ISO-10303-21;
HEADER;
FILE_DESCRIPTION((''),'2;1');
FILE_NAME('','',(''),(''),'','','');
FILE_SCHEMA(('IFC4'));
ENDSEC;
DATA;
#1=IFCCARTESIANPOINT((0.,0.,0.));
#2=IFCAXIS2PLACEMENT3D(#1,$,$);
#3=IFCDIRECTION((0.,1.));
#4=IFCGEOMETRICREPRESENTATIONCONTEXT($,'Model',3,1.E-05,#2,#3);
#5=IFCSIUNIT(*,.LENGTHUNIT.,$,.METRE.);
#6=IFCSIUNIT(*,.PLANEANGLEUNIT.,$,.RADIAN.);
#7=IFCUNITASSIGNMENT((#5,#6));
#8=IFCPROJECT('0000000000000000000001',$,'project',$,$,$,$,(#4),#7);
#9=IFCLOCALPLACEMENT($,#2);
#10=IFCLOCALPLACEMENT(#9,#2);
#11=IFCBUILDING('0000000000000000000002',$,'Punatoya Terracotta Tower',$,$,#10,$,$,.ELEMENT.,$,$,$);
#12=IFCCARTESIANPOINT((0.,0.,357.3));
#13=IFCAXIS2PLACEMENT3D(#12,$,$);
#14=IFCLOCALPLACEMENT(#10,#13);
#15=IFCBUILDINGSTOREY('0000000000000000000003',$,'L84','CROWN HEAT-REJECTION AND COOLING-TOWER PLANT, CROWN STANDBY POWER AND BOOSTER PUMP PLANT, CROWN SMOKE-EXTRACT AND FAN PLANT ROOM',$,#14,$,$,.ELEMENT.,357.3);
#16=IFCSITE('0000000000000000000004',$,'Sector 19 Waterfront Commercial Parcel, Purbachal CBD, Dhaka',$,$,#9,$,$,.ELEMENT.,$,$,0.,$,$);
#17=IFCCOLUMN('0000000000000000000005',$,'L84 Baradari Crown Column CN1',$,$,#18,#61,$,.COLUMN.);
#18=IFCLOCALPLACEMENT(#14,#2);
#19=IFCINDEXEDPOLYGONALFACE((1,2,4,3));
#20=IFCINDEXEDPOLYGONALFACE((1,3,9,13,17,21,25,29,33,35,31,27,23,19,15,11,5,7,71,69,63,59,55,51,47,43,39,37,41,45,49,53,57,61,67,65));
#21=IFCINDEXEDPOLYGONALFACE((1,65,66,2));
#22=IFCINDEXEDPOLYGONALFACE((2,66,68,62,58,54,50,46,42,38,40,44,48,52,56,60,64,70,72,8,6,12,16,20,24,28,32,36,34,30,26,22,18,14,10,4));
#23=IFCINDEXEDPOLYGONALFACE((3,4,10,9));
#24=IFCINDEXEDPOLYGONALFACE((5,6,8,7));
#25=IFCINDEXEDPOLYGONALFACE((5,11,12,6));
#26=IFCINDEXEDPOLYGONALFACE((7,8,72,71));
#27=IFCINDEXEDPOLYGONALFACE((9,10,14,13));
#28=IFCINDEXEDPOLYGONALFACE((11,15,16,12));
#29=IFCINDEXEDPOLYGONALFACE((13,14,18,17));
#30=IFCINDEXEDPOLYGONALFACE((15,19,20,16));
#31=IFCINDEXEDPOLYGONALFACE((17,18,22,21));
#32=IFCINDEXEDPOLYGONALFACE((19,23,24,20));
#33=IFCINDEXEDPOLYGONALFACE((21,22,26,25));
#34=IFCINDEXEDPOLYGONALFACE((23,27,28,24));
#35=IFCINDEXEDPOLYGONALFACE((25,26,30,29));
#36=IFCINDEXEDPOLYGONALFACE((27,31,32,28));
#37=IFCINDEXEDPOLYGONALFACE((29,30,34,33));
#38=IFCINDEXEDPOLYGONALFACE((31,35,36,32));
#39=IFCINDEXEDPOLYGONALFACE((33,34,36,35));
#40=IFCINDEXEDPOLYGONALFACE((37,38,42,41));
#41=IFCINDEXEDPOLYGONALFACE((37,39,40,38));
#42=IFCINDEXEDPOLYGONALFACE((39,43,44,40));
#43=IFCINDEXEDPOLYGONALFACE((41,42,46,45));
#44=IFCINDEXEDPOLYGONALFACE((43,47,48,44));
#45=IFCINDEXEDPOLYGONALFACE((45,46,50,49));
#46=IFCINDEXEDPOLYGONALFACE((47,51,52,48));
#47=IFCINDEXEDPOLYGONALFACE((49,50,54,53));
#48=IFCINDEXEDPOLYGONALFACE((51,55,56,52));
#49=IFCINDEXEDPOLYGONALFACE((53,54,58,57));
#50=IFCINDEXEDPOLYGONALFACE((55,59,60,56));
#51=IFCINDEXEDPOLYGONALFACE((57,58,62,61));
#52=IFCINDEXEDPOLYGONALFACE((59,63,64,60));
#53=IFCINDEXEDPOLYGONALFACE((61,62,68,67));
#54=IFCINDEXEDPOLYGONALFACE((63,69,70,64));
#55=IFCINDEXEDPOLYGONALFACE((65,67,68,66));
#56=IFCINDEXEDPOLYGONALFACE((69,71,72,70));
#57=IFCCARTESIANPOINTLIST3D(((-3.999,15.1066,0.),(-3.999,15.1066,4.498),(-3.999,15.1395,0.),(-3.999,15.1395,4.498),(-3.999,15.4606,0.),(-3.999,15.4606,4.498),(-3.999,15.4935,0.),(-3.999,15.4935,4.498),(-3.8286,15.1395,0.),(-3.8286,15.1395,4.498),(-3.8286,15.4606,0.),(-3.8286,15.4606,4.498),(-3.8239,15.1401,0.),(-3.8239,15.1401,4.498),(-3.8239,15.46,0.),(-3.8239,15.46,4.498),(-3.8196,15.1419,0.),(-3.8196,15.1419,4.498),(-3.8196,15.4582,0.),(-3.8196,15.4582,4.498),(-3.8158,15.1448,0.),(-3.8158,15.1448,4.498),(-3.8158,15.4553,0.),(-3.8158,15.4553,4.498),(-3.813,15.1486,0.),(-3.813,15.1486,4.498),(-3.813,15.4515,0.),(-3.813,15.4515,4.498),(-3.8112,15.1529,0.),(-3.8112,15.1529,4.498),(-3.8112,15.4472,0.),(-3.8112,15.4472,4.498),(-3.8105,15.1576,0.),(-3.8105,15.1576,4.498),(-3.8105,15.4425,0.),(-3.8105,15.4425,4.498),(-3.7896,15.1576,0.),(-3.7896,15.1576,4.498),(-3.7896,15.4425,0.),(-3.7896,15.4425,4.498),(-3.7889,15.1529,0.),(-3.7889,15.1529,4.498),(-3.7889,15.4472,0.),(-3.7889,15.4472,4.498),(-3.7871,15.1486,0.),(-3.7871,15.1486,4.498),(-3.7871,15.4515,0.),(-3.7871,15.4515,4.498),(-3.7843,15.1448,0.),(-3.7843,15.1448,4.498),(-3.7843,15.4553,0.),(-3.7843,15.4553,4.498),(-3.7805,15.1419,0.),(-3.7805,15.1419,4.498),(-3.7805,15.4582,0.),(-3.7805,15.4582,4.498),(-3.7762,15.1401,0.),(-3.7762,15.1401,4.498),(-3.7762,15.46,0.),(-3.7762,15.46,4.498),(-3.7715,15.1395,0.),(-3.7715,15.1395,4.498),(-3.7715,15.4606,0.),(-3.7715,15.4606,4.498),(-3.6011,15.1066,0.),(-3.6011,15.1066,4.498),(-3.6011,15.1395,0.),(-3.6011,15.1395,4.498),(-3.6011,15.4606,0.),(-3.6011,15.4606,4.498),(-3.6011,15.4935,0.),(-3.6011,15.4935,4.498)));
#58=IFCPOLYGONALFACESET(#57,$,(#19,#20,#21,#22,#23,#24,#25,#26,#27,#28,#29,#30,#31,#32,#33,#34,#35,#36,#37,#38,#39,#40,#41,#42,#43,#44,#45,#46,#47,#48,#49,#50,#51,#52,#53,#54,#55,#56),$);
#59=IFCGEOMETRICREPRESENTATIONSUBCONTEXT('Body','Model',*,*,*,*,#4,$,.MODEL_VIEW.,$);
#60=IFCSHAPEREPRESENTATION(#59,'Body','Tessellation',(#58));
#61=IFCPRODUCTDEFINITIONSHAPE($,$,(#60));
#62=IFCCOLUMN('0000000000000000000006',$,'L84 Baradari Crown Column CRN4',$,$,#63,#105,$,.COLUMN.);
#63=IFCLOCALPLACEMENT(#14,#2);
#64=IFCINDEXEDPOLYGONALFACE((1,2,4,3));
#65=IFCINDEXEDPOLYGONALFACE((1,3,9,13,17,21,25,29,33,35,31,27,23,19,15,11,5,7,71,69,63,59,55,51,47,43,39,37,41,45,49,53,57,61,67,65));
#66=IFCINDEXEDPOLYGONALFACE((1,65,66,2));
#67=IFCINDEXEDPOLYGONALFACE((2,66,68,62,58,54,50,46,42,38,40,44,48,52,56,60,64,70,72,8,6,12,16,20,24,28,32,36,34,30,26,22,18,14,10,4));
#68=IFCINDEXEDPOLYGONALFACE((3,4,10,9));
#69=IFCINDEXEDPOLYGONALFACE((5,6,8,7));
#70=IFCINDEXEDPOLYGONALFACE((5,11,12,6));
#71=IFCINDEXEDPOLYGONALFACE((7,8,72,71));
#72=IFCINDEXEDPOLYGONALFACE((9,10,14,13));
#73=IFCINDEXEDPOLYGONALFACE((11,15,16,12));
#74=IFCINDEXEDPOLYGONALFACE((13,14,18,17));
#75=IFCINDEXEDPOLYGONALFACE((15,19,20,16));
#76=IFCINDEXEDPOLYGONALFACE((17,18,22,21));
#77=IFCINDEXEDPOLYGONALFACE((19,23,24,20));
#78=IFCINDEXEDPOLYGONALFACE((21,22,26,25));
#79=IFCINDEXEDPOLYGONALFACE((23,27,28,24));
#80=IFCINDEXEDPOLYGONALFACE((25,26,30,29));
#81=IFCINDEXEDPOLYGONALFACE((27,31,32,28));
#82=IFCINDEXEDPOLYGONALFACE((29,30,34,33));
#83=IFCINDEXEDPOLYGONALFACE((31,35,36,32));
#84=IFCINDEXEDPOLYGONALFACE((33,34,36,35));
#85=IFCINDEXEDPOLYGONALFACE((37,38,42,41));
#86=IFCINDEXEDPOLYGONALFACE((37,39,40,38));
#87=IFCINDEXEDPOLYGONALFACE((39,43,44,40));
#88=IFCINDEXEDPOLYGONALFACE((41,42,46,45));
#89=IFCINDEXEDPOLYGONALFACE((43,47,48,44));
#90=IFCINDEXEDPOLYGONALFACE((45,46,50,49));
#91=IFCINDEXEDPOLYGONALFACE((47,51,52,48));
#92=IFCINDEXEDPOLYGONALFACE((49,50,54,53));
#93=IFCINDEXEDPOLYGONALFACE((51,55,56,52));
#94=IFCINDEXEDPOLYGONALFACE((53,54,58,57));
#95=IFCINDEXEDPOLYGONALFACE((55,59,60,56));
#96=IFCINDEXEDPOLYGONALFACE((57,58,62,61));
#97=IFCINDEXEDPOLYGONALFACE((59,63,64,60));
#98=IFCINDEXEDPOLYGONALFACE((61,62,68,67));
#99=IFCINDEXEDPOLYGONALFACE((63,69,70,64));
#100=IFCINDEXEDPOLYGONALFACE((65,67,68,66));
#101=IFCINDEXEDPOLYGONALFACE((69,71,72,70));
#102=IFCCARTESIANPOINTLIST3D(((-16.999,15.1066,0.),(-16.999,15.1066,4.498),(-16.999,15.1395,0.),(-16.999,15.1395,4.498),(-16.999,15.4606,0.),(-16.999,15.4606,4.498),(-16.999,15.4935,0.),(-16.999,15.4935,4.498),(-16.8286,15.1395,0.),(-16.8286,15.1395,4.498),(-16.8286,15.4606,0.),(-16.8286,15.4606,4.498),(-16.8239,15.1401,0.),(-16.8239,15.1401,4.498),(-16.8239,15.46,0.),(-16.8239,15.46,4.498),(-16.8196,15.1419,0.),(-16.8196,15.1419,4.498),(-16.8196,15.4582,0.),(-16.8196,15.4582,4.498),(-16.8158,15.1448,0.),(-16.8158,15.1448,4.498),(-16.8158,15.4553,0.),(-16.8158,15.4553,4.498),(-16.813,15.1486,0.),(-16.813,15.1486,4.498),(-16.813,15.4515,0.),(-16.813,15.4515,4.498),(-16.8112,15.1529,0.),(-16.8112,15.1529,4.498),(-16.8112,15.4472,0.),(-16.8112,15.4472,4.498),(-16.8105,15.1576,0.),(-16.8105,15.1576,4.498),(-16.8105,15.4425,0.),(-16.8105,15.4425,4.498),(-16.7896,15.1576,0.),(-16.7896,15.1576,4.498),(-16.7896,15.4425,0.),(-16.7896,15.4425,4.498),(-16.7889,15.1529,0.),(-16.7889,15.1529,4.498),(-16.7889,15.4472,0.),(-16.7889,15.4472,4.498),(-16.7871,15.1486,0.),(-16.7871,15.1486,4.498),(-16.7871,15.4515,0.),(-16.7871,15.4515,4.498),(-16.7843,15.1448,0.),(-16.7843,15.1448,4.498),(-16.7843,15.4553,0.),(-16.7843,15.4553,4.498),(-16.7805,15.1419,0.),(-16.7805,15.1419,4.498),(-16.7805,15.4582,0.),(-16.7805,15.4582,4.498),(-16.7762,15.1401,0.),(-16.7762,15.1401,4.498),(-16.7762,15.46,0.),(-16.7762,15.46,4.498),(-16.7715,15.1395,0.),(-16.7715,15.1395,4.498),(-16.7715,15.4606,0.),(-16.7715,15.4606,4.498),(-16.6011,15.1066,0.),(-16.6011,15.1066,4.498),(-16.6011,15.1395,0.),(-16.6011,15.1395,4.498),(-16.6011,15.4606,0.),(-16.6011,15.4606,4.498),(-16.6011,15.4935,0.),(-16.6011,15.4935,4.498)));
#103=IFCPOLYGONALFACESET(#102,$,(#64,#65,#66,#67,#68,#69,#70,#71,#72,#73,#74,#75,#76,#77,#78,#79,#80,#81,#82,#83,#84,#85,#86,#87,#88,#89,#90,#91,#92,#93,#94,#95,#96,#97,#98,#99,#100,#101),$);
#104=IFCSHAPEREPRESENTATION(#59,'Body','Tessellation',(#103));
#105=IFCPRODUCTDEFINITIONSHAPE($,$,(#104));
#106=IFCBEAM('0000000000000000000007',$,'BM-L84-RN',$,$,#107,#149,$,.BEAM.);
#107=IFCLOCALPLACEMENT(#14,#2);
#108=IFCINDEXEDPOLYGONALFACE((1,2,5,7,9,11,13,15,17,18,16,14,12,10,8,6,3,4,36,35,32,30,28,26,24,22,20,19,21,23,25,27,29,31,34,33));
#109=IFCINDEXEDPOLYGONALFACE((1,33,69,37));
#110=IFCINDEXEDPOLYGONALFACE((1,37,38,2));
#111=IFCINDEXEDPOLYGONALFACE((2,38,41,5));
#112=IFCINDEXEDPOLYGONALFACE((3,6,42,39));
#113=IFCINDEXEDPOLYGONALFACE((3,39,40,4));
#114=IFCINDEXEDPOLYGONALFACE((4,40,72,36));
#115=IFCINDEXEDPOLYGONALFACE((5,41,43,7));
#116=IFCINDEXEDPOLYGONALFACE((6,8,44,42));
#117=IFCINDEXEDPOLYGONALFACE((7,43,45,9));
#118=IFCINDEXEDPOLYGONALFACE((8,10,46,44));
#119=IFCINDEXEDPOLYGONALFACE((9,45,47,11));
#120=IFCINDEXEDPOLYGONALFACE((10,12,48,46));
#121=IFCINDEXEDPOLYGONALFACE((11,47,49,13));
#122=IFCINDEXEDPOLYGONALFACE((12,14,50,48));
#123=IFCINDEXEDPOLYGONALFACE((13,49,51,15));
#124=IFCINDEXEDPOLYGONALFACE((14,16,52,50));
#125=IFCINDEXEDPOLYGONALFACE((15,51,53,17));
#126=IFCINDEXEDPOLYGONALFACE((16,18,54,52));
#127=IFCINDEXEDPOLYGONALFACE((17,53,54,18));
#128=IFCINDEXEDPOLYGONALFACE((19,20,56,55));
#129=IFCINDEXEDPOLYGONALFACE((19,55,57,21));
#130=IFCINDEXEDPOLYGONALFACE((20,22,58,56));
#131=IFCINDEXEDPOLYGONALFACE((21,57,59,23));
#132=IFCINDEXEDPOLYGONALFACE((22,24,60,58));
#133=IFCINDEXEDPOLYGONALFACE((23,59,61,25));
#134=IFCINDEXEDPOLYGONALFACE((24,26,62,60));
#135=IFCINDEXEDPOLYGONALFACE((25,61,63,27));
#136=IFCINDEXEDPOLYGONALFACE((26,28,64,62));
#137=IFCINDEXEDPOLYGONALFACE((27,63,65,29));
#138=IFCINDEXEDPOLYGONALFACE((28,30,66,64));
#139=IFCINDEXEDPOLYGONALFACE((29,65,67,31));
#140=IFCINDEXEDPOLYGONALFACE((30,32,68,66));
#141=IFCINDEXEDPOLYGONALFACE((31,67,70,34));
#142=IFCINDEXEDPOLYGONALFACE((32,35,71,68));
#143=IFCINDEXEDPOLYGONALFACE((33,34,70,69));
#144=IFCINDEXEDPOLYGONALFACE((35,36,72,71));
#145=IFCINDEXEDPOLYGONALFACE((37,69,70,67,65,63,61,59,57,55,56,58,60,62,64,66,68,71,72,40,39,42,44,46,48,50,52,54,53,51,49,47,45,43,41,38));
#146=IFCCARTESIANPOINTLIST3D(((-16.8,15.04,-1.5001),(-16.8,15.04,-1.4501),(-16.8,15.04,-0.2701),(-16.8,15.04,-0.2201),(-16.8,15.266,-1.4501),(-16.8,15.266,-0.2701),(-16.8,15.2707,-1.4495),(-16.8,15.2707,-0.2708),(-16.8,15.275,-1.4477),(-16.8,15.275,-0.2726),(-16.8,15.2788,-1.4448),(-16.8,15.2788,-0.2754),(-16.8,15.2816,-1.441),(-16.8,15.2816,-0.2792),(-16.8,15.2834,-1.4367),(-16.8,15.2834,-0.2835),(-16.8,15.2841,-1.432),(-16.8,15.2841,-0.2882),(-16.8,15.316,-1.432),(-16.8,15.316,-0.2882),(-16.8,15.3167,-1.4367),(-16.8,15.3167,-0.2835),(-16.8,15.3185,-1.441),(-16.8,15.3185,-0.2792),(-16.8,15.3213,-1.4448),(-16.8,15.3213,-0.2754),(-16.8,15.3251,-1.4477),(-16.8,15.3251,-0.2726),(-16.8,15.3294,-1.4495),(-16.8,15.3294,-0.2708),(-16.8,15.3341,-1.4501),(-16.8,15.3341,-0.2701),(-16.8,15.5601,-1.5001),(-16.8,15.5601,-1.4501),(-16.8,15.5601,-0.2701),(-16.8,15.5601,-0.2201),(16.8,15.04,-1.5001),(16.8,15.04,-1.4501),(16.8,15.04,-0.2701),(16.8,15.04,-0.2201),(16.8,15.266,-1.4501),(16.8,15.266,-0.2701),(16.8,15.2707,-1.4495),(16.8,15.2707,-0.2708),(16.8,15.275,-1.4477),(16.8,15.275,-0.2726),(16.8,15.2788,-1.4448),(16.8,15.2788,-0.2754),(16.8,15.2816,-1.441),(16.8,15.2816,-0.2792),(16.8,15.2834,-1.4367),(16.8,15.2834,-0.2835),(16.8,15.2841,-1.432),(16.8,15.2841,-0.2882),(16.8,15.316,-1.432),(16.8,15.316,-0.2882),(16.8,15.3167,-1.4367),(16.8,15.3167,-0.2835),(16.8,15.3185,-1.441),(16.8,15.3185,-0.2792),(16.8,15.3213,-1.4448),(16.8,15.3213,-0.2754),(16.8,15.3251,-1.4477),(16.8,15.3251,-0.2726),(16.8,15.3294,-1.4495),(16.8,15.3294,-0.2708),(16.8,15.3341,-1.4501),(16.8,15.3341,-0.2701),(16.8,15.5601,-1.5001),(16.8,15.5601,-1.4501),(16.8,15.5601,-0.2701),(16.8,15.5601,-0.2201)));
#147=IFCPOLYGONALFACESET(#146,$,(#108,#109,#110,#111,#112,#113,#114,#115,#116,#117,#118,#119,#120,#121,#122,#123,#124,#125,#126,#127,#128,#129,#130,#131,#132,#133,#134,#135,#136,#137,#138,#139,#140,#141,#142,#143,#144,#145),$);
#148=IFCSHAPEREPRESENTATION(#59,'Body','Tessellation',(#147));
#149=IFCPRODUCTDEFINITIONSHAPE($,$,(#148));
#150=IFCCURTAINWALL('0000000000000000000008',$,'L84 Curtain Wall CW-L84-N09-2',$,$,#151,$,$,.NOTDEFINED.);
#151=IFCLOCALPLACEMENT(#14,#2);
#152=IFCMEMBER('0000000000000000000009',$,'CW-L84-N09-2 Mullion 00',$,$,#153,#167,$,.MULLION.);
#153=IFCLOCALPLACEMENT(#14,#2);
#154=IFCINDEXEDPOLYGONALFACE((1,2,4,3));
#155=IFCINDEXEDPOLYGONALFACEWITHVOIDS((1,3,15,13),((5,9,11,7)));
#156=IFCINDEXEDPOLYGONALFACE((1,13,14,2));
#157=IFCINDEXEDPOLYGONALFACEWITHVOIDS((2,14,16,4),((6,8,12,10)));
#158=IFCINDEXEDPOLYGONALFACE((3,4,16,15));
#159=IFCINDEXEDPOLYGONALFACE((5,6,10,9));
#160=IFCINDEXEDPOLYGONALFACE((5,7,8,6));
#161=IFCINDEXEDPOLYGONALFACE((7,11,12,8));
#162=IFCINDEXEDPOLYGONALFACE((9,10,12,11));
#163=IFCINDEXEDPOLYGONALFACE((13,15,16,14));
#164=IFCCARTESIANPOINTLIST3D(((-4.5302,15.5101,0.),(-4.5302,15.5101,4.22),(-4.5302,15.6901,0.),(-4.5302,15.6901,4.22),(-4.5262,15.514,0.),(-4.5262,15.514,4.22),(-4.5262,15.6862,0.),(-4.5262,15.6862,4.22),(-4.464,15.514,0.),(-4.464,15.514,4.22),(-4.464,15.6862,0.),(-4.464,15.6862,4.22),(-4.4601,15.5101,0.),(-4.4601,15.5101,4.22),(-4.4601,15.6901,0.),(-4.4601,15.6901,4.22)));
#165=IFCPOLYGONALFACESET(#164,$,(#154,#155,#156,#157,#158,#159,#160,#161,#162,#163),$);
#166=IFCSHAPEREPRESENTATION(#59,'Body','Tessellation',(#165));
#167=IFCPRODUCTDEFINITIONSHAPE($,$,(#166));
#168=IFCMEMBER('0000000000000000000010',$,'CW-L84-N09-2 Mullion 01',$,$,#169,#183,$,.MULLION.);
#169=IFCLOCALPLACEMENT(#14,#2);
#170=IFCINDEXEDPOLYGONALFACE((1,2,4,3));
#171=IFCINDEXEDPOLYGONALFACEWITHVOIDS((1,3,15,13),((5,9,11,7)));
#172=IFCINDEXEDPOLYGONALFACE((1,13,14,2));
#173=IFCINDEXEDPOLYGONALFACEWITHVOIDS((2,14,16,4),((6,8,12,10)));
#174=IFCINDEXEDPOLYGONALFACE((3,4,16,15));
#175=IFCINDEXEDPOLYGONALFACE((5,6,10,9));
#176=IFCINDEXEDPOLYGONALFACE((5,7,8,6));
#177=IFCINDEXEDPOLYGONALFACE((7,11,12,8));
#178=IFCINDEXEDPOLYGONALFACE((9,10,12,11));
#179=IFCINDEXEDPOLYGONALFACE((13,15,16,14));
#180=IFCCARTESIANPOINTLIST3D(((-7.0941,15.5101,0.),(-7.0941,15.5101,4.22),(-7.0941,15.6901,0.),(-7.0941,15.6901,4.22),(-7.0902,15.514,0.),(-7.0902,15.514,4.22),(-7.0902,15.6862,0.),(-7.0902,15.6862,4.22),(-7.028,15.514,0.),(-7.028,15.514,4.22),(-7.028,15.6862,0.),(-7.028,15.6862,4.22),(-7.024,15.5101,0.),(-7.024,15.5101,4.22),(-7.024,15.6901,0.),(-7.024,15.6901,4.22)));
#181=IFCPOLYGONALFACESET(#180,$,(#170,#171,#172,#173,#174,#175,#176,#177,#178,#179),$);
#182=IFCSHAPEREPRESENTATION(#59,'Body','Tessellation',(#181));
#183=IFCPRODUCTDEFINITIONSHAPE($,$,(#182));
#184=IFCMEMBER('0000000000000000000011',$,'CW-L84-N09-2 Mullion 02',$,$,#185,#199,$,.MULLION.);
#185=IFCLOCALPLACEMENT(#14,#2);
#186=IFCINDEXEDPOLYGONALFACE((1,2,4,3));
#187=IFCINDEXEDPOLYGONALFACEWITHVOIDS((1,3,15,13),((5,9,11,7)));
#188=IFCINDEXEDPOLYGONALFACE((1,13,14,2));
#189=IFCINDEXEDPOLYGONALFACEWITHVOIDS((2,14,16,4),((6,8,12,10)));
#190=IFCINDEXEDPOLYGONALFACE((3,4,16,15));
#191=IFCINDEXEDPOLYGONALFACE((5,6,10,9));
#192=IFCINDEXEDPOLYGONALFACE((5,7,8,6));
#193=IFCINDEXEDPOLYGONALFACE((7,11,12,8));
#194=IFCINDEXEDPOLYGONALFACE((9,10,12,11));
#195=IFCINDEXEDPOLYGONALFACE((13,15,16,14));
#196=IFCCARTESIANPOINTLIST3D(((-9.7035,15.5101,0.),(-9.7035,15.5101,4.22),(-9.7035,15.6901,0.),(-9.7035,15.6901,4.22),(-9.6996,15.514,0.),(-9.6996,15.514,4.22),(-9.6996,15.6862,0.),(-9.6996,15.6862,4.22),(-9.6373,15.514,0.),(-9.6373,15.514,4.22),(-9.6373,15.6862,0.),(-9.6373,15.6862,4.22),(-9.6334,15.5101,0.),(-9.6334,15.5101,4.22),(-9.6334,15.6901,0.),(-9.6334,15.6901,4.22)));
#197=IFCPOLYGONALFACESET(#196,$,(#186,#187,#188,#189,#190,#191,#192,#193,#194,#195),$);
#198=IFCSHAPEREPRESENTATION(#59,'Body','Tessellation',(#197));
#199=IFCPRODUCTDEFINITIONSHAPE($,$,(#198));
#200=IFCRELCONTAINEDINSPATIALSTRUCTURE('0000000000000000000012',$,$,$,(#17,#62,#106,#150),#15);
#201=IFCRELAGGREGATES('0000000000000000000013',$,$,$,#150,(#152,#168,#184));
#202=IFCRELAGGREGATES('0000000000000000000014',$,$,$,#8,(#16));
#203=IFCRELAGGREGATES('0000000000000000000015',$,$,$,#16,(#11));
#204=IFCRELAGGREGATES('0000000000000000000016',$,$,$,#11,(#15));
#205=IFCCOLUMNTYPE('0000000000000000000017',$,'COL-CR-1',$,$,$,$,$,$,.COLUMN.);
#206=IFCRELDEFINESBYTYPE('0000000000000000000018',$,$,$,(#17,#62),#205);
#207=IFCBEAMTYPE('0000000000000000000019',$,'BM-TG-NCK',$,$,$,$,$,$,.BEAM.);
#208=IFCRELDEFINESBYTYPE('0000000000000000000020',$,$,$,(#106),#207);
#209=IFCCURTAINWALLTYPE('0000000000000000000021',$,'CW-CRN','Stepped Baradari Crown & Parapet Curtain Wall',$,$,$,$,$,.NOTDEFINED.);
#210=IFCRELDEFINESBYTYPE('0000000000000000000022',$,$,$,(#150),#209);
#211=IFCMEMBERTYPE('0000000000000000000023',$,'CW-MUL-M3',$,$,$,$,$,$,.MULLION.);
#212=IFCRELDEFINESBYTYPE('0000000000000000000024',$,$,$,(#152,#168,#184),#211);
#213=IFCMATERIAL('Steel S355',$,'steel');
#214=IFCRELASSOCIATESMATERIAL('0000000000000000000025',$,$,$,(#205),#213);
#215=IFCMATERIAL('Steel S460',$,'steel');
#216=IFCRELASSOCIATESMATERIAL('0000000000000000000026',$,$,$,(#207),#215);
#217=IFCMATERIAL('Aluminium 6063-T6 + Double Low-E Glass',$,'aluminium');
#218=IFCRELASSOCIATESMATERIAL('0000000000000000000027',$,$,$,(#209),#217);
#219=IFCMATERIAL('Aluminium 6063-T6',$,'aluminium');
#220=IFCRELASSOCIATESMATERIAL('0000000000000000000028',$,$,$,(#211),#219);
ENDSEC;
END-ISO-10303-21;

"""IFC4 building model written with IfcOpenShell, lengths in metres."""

from ifc_helpers import new_model, si_unit, direction, frame, origin, origin_2d, place, context, subcontext, project, spatial, hollow_rectangle, i_section, extrude, material, material_profile, profile_set, type_object, element, aggregate, save


model = new_model("IFC4")

# Units and contexts
model_context = context("Model", 3, precision=1e-05, world=origin(), true_north=direction((0.0, 1.0)))
body_context = subcontext(model_context, "Body", "Model", "MODEL_VIEW")
ifc_project = project(units=[si_unit("LENGTHUNIT", "METRE"), si_unit("PLANEANGLEUNIT", "RADIAN")], contexts=[model_context])

# Site, building, storey
site_placement = place(None, origin())
site = spatial("IfcSite", under=ifc_project, at=site_placement, Name="Sector 19 Waterfront Commercial Parcel, Purbachal CBD, Dhaka", CompositionType="ELEMENT", RefElevation=0.0)
building_placement = place(site_placement, origin())
building = spatial("IfcBuilding", under=site, at=building_placement, Name="Punatoya Terracotta Tower", CompositionType="ELEMENT")
storey_placement = place(building_placement, frame((0.0, 0.0, 357.3)))
storey = spatial("IfcBuildingStorey", under=building, at=storey_placement, Name="L84", Description="CROWN HEAT-REJECTION AND COOLING-TOWER PLANT, CROWN STANDBY POWER AND BOOSTER PUMP PLANT, CROWN SMOKE-EXTRACT AND FAN PLANT ROOM", CompositionType="ELEMENT", Elevation=357.3)

# Columns
ifc_material_1 = material(Name="Steel S355", Category="steel")
ifc_material_profile_1 = material_profile(ifc_material_1, i_section(OverallWidth=0.3979, OverallDepth=0.387, WebThickness=0.021, FlangeThickness=0.033, FilletRadius=0.0181, at=origin_2d()))
ifc_profile_set_1 = profile_set([ifc_material_profile_1], Name="Steel S355")
column_type = type_object("IfcColumnType", Name="COL-CR-1", PredefinedType="COLUMN", material=ifc_profile_set_1)
for number, where, z_axis, x_axis, name in (
    (1, (-3.8, 15.3, 0.0), (0.0, 0.0, 1.0), (1.0, 0.0, 0.0), "L84 Baradari Crown Column CN1"),
    (2, (-16.8, 15.3, 0.0), (0.0, 0.0, 1.0), (1.0, 0.0, 0.0), "L84 Baradari Crown Column CRN4"),
):
    element("IfcColumn", number, at=place(storey_placement, frame(where, z_axis=z_axis, x_axis=x_axis)), inside=storey, type_object=column_type, Name=name, PredefinedType="COLUMN", context=body_context, shape_type="SweptSolid", body=[
        extrude(i_section(OverallWidth=0.3979, OverallDepth=0.387, WebThickness=0.021, FlangeThickness=0.033, FilletRadius=0.0181, at=origin_2d()), origin(), (0.0, 0.0, 1.0), 4.498),
    ])

# Beam
ifc_material_2 = material(Name="Steel S460", Category="steel")
ifc_material_profile_2 = material_profile(ifc_material_2, i_section(OverallWidth=0.52, OverallDepth=1.28, WebThickness=0.032, FlangeThickness=0.05, FilletRadius=0.0181, at=origin_2d()))
ifc_profile_set_2 = profile_set([ifc_material_profile_2], Name="Steel S460")
beam_type = type_object("IfcBeamType", Name="BM-TG-NCK", PredefinedType="BEAM", material=ifc_profile_set_2)
beam_placement = place(storey_placement, frame((-16.8, 15.3, -0.8601), z_axis=(1.0, 0.0, 0.0), x_axis=(0.0, 1.0, 0.0)))
element("IfcBeam", 3, at=beam_placement, inside=storey, type_object=beam_type, Name="BM-L84-RN", PredefinedType="BEAM", context=body_context, shape_type="SweptSolid", body=[
    extrude(i_section(OverallWidth=0.52, OverallDepth=1.28, WebThickness=0.032, FlangeThickness=0.05, FilletRadius=0.0181, at=origin_2d()), origin(), (0.0, 0.0, 1.0), 33.6001),
])

# Curtain wall, members
ifc_material_3 = material(Name="Aluminium 6063-T6 + Double Low-E Glass", Category="aluminium")
curtain_wall_type = type_object("IfcCurtainWallType", Name="CW-CRN", Description="Stepped Baradari Crown & Parapet Curtain Wall", PredefinedType="NOTDEFINED", material=ifc_material_3)
curtain_wall_1_placement = place(storey_placement, origin())
curtain_wall_1 = element("IfcCurtainWall", 4, at=curtain_wall_1_placement, inside=storey, type_object=curtain_wall_type, Name="L84 Curtain Wall CW-L84-N09-2", PredefinedType="NOTDEFINED")
ifc_material_4 = material(Name="Aluminium 6063-T6", Category="aluminium")
ifc_material_profile_3 = material_profile(ifc_material_4, hollow_rectangle(XDim=0.0701, YDim=0.1799, WallThickness=0.0039, at=origin_2d()))
ifc_profile_set_3 = profile_set([ifc_material_profile_3], Name="Aluminium 6063-T6")
member_type_1 = type_object("IfcMemberType", Name="CW-MUL-M3", PredefinedType="MULLION", material=ifc_profile_set_3)
member_1_placement = place(storey_placement, frame((-4.4951, 15.6001, 0.0), z_axis=(0.0, 0.0, 1.0), x_axis=(1.0, 0.0, 0.0)))
member_1 = element("IfcMember", 5, at=member_1_placement, type_object=member_type_1, Name="CW-L84-N09-2 Mullion 00", PredefinedType="MULLION", context=body_context, shape_type="SweptSolid", body=[
    extrude(hollow_rectangle(XDim=0.0701, YDim=0.1799, WallThickness=0.0039, at=origin_2d()), origin(), (0.0, 0.0, 1.0), 4.22),
])
member_2_placement = place(storey_placement, frame((-7.0591, 15.6001, 0.0), z_axis=(0.0, 0.0, 1.0), x_axis=(1.0, 0.0, 0.0)))
member_2 = element("IfcMember", 6, at=member_2_placement, type_object=member_type_1, Name="CW-L84-N09-2 Mullion 01", PredefinedType="MULLION", context=body_context, shape_type="SweptSolid", body=[
    extrude(hollow_rectangle(XDim=0.0701, YDim=0.1799, WallThickness=0.0039, at=origin_2d()), origin(), (0.0, 0.0, 1.0), 4.22),
])
member_3_placement = place(storey_placement, frame((-9.6685, 15.6001, 0.0), z_axis=(0.0, 0.0, 1.0), x_axis=(1.0, 0.0, 0.0)))
member_3 = element("IfcMember", 7, at=member_3_placement, type_object=member_type_1, Name="CW-L84-N09-2 Mullion 02", PredefinedType="MULLION", context=body_context, shape_type="SweptSolid", body=[
    extrude(hollow_rectangle(XDim=0.0701, YDim=0.1799, WallThickness=0.0039, at=origin_2d()), origin(), (0.0, 0.0, 1.0), 4.22),
])

aggregate(curtain_wall_1, [member_1, member_2, member_3])

save(model, "model.ifc")
